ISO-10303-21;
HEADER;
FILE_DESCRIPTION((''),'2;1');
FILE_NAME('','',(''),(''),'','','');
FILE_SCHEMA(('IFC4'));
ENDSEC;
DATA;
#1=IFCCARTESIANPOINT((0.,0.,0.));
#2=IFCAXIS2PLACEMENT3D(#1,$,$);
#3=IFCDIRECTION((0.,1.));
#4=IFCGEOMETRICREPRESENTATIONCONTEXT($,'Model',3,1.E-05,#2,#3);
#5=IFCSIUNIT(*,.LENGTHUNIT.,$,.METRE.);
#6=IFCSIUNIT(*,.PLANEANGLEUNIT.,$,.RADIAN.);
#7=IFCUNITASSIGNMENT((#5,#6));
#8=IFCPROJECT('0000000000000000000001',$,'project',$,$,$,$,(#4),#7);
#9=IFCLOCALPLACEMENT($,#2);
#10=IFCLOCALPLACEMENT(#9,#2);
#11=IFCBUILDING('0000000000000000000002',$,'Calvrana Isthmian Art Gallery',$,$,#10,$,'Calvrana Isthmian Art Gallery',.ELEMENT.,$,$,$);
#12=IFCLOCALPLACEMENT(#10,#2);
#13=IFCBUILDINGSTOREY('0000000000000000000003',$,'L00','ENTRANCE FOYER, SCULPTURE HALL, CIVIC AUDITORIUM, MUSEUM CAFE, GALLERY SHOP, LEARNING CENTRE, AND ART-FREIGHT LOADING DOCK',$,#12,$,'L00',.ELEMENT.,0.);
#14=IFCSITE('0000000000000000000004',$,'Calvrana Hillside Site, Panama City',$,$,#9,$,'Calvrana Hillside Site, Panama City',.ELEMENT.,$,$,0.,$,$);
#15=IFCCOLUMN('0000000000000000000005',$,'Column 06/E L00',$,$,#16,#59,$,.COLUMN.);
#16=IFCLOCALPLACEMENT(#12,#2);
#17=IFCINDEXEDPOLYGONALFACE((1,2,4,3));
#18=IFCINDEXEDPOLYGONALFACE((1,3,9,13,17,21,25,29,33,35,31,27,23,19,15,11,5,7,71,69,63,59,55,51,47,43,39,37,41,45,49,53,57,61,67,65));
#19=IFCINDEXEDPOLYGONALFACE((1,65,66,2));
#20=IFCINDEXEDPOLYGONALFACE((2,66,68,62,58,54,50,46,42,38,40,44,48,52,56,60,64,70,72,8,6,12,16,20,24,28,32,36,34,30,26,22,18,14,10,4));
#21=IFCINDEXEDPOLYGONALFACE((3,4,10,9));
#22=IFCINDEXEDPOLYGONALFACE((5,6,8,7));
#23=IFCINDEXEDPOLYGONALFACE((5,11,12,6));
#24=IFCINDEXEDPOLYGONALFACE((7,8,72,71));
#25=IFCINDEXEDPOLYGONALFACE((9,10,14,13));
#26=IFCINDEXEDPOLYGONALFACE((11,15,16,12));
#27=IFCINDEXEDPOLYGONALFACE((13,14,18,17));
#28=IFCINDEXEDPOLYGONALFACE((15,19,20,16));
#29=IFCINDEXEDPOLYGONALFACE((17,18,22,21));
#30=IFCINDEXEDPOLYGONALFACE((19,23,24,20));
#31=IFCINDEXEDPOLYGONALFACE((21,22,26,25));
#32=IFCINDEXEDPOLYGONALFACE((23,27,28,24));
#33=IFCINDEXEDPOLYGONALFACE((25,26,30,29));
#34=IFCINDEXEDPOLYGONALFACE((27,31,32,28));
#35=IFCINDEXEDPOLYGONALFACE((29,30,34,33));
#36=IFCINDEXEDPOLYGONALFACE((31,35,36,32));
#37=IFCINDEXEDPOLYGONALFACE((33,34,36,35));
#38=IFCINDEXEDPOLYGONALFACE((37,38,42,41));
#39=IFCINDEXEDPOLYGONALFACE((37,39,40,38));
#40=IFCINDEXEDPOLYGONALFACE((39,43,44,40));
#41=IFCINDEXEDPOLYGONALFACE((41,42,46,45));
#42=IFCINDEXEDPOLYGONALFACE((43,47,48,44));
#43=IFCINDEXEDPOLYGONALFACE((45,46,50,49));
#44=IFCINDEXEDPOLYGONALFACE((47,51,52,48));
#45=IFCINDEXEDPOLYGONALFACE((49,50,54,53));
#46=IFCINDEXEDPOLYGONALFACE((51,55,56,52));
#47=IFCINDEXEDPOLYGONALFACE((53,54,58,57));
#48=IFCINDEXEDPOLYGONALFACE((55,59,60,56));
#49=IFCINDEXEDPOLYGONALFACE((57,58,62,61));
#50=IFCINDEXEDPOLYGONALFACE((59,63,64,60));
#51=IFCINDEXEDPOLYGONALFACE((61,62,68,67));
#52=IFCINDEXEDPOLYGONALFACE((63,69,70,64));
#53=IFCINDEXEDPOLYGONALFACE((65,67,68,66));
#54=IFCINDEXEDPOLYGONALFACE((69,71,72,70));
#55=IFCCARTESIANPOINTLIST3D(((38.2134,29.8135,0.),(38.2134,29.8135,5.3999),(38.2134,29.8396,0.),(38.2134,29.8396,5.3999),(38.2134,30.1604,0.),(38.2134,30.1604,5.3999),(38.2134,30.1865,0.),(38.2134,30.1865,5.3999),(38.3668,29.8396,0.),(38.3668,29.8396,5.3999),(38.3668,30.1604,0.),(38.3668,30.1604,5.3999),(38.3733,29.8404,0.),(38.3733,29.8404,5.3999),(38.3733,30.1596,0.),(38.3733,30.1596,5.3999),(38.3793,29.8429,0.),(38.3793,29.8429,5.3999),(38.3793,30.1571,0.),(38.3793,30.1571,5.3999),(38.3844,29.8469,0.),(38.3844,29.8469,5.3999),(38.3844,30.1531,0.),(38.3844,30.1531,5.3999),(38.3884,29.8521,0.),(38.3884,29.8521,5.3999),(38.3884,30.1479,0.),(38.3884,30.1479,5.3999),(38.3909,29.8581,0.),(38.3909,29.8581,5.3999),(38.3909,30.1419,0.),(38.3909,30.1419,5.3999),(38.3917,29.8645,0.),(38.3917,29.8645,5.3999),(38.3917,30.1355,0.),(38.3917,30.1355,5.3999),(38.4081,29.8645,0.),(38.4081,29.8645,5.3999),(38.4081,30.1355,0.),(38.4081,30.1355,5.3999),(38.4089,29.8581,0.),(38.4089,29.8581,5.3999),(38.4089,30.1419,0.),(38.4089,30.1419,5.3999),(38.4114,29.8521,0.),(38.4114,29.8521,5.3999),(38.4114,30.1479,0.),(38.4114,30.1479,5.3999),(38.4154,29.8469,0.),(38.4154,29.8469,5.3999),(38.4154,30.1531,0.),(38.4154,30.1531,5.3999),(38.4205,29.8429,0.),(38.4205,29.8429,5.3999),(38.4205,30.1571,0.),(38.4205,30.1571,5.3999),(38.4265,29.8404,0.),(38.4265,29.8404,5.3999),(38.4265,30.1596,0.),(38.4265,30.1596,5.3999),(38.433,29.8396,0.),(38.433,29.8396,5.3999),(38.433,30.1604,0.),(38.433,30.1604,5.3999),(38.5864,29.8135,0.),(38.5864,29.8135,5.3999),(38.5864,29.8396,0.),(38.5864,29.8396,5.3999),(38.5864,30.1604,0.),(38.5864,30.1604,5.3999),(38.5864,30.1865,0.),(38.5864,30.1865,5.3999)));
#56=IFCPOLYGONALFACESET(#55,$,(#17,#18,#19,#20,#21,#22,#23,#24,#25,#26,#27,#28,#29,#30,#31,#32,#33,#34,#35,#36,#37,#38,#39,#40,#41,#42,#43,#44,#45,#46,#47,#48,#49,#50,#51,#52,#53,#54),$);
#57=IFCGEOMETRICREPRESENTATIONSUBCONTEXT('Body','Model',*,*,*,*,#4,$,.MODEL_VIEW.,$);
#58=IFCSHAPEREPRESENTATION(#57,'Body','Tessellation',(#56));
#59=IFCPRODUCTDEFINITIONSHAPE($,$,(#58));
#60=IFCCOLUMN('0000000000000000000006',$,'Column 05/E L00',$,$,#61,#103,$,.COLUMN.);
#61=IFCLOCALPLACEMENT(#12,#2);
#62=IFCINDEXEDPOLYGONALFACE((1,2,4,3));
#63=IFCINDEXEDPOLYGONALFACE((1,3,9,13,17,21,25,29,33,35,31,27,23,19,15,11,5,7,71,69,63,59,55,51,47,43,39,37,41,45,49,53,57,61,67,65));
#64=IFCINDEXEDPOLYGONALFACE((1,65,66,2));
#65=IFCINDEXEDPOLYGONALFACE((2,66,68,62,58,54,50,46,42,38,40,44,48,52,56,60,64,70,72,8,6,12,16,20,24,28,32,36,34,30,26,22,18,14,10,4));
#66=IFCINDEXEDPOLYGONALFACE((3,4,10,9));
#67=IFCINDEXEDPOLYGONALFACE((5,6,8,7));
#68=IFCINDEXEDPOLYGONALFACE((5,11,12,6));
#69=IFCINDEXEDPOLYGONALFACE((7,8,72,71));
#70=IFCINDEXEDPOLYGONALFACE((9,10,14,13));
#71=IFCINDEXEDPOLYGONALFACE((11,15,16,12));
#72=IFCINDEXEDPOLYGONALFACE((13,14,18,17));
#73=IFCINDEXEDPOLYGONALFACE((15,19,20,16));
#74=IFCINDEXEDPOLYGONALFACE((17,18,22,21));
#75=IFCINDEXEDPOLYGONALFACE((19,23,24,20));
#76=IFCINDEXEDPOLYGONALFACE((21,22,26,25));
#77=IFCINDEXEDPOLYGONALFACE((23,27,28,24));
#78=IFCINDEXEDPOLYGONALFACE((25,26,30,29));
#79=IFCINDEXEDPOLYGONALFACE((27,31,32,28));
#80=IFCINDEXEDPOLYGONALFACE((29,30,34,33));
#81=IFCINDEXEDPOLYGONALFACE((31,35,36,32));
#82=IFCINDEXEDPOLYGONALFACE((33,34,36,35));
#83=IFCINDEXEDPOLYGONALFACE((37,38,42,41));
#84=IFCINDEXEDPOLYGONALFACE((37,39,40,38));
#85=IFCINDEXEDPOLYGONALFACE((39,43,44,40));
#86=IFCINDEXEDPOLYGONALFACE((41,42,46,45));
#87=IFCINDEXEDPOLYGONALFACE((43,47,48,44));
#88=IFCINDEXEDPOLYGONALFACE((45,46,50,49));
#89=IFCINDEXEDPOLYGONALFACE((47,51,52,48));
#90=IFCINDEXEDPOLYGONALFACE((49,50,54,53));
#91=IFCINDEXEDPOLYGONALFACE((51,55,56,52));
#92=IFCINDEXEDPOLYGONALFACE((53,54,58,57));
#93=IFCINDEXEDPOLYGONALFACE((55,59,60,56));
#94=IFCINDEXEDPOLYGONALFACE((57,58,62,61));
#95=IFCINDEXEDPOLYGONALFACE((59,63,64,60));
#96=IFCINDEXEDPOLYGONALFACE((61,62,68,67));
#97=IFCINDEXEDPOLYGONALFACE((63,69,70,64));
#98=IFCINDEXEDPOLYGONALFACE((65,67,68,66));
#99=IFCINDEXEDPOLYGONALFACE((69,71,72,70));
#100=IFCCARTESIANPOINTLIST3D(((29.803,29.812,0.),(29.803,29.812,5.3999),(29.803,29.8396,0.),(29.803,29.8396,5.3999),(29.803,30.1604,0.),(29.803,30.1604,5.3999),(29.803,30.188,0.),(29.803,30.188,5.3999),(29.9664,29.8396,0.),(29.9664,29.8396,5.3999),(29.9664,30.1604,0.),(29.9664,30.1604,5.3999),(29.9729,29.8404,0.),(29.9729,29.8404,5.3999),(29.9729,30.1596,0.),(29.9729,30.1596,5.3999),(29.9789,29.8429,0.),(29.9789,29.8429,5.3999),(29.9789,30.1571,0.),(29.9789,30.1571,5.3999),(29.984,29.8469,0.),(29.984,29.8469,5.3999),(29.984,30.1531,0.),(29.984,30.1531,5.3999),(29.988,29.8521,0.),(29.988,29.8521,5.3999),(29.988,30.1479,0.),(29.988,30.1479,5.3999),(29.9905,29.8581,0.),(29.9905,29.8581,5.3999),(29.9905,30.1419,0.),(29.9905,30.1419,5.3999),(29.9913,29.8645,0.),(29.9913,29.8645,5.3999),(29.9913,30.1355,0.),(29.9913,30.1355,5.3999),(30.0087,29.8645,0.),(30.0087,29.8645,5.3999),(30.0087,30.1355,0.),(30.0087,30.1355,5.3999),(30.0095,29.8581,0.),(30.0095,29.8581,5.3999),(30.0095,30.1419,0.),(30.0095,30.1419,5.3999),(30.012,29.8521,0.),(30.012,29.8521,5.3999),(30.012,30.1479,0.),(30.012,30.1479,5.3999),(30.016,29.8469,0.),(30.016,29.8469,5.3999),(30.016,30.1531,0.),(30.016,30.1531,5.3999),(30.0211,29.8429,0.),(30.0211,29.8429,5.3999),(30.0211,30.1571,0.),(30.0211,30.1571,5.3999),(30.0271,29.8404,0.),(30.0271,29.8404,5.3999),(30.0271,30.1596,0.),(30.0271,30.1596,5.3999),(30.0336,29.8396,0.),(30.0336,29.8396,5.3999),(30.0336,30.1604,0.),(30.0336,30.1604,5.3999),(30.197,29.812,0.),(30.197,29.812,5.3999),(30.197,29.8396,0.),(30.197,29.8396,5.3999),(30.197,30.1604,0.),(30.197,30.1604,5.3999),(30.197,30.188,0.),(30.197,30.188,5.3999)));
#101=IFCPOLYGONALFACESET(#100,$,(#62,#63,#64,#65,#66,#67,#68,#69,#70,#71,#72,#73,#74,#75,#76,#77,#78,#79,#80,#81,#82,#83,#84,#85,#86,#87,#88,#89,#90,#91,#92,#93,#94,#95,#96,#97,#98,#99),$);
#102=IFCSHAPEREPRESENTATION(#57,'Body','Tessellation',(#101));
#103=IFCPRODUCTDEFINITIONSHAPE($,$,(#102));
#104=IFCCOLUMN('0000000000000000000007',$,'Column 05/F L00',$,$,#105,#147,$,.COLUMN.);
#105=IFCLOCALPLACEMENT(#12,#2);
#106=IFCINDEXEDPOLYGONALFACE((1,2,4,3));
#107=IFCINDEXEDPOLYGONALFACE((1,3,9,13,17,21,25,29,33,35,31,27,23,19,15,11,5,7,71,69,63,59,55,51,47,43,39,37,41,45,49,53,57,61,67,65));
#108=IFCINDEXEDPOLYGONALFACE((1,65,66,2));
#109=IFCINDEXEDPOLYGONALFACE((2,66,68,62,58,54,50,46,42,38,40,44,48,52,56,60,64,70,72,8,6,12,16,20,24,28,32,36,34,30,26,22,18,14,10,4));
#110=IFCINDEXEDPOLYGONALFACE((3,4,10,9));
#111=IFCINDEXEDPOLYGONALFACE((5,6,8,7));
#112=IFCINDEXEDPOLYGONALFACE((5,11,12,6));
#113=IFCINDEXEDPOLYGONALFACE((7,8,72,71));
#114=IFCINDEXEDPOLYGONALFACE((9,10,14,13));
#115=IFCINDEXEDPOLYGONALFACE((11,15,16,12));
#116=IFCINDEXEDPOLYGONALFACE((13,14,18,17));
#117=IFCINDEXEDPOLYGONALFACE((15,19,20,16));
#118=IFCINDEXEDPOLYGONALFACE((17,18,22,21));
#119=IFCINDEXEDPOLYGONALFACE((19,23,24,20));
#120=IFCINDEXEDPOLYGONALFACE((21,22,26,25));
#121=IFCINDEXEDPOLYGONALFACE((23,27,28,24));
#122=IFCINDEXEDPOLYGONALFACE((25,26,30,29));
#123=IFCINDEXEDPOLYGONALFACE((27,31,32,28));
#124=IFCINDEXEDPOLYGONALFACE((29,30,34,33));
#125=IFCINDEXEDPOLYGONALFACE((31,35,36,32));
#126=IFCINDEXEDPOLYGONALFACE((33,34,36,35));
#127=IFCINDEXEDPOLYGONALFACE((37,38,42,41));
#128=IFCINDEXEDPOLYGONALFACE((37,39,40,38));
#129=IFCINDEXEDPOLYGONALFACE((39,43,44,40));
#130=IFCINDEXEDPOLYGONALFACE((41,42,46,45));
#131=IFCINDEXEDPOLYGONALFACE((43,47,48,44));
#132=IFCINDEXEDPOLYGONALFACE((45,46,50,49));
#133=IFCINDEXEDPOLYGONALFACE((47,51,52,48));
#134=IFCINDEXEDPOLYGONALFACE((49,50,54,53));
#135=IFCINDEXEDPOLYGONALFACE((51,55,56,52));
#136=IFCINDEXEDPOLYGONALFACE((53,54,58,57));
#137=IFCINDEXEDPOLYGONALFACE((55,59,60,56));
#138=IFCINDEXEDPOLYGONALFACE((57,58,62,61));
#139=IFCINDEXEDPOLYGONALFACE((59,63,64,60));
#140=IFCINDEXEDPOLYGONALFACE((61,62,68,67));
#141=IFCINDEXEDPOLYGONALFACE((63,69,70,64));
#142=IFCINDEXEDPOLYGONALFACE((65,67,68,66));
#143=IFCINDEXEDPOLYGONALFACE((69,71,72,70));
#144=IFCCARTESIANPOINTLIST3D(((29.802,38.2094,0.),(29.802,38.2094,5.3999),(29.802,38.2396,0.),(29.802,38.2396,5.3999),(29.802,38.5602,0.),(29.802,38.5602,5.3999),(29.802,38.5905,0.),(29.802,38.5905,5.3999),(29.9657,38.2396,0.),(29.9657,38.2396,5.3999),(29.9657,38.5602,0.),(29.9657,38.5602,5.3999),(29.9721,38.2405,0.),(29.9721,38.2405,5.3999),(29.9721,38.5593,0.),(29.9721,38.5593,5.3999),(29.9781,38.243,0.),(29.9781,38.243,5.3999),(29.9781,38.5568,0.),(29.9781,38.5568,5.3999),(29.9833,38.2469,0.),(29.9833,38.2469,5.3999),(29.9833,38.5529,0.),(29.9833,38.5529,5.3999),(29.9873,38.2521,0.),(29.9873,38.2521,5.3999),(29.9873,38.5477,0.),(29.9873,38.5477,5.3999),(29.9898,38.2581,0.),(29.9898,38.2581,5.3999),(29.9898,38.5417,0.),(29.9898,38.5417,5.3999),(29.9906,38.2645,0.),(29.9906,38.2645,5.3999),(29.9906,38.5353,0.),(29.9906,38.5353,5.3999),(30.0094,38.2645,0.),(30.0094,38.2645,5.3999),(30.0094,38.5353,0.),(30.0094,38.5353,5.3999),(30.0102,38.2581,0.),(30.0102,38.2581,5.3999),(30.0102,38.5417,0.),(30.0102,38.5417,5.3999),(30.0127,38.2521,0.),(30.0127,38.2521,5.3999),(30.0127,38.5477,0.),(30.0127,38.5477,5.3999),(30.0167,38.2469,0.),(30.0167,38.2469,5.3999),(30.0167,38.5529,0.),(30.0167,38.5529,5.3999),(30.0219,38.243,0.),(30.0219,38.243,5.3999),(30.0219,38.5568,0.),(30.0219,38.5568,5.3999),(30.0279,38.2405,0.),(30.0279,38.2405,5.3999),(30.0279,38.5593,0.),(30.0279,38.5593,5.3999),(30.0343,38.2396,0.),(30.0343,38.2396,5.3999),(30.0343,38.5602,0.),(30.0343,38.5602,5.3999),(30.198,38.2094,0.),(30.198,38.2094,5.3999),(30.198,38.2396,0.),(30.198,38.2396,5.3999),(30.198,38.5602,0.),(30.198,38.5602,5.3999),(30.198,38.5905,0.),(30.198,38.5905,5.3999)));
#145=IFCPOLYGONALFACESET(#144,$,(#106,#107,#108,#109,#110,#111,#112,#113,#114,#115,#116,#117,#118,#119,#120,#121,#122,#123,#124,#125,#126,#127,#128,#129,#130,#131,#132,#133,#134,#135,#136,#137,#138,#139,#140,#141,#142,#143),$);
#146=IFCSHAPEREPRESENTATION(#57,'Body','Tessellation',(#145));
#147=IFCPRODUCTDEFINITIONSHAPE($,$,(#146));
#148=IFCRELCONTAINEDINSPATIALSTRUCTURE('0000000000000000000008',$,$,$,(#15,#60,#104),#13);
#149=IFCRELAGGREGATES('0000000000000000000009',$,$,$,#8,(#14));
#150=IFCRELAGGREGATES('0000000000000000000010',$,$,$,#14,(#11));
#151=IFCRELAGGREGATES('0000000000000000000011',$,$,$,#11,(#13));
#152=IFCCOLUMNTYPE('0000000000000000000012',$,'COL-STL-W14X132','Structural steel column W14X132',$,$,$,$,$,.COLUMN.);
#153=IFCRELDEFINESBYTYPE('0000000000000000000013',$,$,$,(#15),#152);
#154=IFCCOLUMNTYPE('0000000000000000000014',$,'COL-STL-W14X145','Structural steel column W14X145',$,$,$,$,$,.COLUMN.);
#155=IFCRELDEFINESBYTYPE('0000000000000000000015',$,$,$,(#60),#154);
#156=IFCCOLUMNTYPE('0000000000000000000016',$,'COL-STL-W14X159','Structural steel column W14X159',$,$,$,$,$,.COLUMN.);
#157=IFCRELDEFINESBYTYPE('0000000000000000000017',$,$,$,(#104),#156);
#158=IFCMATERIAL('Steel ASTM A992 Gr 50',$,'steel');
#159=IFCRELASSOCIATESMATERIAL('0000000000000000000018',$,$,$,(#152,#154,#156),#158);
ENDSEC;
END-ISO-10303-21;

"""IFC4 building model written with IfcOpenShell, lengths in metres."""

from ifc_helpers import new_model, si_unit, direction, frame, origin, origin_2d, place, context, subcontext, project, spatial, i_section, extrude, material, material_profile, profile_set, type_object, element, save


model = new_model("IFC4")

# Units and contexts
model_context = context("Model", 3, precision=1e-05, world=origin(), true_north=direction((0.0, 1.0)))
body_context = subcontext(model_context, "Body", "Model", "MODEL_VIEW")
ifc_project = project(units=[si_unit("LENGTHUNIT", "METRE"), si_unit("PLANEANGLEUNIT", "RADIAN")], contexts=[model_context])

# Site, building, storey
site_placement = place(None, origin())
site = spatial("IfcSite", under=ifc_project, at=site_placement, Name="Calvrana Hillside Site, Panama City", LongName="Calvrana Hillside Site, Panama City", CompositionType="ELEMENT", RefElevation=0.0)
building_placement = place(site_placement, origin())
building = spatial("IfcBuilding", under=site, at=building_placement, Name="Calvrana Isthmian Art Gallery", LongName="Calvrana Isthmian Art Gallery", CompositionType="ELEMENT")
storey_placement = place(building_placement, origin())
storey = spatial("IfcBuildingStorey", under=building, at=storey_placement, Name="L00", Description="ENTRANCE FOYER, SCULPTURE HALL, CIVIC AUDITORIUM, MUSEUM CAFE, GALLERY SHOP, LEARNING CENTRE, AND ART-FREIGHT LOADING DOCK", LongName="L00", CompositionType="ELEMENT", Elevation=0.0)

# Columns
ifc_material_1 = material(Name="Steel ASTM A992 Gr 50", Category="steel")
ifc_material_profile_1 = material_profile(ifc_material_1, i_section(OverallWidth=0.373, OverallDepth=0.373, WebThickness=0.0164, FlangeThickness=0.0261, FilletRadius=0.0249, at=origin_2d()), Name="W14X132")
ifc_profile_set_1 = profile_set([ifc_material_profile_1], Name="Steel ASTM A992 Gr 50")
column_type_1 = type_object("IfcColumnType", Name="COL-STL-W14X132", Description="Structural steel column W14X132", PredefinedType="COLUMN", material=ifc_profile_set_1)
column_1_placement = place(storey_placement, frame((38.3999, 30.0, 0.0), z_axis=(0.0, 0.0, 1.0), x_axis=(1.0, 0.0, 0.0)))
element("IfcColumn", 1, at=column_1_placement, inside=storey, type_object=column_type_1, Name="Column 06/E L00", PredefinedType="COLUMN", context=body_context, shape_type="SweptSolid", body=[
    extrude(i_section(OverallWidth=0.373, OverallDepth=0.373, WebThickness=0.0164, FlangeThickness=0.0261, FilletRadius=0.0249, at=origin_2d()), origin(), (0.0, 0.0, 1.0), 5.3999),
])
ifc_material_profile_2 = material_profile(ifc_material_1, i_section(OverallWidth=0.394, OverallDepth=0.376, WebThickness=0.0173, FlangeThickness=0.0276, FilletRadius=0.0249, at=origin_2d()), Name="W14X145")
ifc_profile_set_2 = profile_set([ifc_material_profile_2], Name="Steel ASTM A992 Gr 50")
column_type_2 = type_object("IfcColumnType", Name="COL-STL-W14X145", Description="Structural steel column W14X145", PredefinedType="COLUMN", material=ifc_profile_set_2)
column_2_placement = place(storey_placement, frame((30.0, 30.0, 0.0), z_axis=(0.0, 0.0, 1.0), x_axis=(1.0, 0.0, 0.0)))
element("IfcColumn", 2, at=column_2_placement, inside=storey, type_object=column_type_2, Name="Column 05/E L00", PredefinedType="COLUMN", context=body_context, shape_type="SweptSolid", body=[
    extrude(i_section(OverallWidth=0.394, OverallDepth=0.376, WebThickness=0.0173, FlangeThickness=0.0276, FilletRadius=0.0249, at=origin_2d()), origin(), (0.0, 0.0, 1.0), 5.3999),
])
ifc_material_profile_3 = material_profile(ifc_material_1, i_section(OverallWidth=0.396, OverallDepth=0.3811, WebThickness=0.0188, FlangeThickness=0.0303, FilletRadius=0.0249, at=origin_2d()), Name="W14X159")
ifc_profile_set_3 = profile_set([ifc_material_profile_3], Name="Steel ASTM A992 Gr 50")
column_type_3 = type_object("IfcColumnType", Name="COL-STL-W14X159", Description="Structural steel column W14X159", PredefinedType="COLUMN", material=ifc_profile_set_3)
column_3_placement = place(storey_placement, frame((30.0, 38.3999, 0.0), z_axis=(0.0, 0.0, 1.0), x_axis=(1.0, 0.0, 0.0)))
element("IfcColumn", 3, at=column_3_placement, inside=storey, type_object=column_type_3, Name="Column 05/F L00", PredefinedType="COLUMN", context=body_context, shape_type="SweptSolid", body=[
    extrude(i_section(OverallWidth=0.396, OverallDepth=0.3811, WebThickness=0.0188, FlangeThickness=0.0303, FilletRadius=0.0249, at=origin_2d()), origin(), (0.0, 0.0, 1.0), 5.3999),
])

save(model, "model.ifc")
